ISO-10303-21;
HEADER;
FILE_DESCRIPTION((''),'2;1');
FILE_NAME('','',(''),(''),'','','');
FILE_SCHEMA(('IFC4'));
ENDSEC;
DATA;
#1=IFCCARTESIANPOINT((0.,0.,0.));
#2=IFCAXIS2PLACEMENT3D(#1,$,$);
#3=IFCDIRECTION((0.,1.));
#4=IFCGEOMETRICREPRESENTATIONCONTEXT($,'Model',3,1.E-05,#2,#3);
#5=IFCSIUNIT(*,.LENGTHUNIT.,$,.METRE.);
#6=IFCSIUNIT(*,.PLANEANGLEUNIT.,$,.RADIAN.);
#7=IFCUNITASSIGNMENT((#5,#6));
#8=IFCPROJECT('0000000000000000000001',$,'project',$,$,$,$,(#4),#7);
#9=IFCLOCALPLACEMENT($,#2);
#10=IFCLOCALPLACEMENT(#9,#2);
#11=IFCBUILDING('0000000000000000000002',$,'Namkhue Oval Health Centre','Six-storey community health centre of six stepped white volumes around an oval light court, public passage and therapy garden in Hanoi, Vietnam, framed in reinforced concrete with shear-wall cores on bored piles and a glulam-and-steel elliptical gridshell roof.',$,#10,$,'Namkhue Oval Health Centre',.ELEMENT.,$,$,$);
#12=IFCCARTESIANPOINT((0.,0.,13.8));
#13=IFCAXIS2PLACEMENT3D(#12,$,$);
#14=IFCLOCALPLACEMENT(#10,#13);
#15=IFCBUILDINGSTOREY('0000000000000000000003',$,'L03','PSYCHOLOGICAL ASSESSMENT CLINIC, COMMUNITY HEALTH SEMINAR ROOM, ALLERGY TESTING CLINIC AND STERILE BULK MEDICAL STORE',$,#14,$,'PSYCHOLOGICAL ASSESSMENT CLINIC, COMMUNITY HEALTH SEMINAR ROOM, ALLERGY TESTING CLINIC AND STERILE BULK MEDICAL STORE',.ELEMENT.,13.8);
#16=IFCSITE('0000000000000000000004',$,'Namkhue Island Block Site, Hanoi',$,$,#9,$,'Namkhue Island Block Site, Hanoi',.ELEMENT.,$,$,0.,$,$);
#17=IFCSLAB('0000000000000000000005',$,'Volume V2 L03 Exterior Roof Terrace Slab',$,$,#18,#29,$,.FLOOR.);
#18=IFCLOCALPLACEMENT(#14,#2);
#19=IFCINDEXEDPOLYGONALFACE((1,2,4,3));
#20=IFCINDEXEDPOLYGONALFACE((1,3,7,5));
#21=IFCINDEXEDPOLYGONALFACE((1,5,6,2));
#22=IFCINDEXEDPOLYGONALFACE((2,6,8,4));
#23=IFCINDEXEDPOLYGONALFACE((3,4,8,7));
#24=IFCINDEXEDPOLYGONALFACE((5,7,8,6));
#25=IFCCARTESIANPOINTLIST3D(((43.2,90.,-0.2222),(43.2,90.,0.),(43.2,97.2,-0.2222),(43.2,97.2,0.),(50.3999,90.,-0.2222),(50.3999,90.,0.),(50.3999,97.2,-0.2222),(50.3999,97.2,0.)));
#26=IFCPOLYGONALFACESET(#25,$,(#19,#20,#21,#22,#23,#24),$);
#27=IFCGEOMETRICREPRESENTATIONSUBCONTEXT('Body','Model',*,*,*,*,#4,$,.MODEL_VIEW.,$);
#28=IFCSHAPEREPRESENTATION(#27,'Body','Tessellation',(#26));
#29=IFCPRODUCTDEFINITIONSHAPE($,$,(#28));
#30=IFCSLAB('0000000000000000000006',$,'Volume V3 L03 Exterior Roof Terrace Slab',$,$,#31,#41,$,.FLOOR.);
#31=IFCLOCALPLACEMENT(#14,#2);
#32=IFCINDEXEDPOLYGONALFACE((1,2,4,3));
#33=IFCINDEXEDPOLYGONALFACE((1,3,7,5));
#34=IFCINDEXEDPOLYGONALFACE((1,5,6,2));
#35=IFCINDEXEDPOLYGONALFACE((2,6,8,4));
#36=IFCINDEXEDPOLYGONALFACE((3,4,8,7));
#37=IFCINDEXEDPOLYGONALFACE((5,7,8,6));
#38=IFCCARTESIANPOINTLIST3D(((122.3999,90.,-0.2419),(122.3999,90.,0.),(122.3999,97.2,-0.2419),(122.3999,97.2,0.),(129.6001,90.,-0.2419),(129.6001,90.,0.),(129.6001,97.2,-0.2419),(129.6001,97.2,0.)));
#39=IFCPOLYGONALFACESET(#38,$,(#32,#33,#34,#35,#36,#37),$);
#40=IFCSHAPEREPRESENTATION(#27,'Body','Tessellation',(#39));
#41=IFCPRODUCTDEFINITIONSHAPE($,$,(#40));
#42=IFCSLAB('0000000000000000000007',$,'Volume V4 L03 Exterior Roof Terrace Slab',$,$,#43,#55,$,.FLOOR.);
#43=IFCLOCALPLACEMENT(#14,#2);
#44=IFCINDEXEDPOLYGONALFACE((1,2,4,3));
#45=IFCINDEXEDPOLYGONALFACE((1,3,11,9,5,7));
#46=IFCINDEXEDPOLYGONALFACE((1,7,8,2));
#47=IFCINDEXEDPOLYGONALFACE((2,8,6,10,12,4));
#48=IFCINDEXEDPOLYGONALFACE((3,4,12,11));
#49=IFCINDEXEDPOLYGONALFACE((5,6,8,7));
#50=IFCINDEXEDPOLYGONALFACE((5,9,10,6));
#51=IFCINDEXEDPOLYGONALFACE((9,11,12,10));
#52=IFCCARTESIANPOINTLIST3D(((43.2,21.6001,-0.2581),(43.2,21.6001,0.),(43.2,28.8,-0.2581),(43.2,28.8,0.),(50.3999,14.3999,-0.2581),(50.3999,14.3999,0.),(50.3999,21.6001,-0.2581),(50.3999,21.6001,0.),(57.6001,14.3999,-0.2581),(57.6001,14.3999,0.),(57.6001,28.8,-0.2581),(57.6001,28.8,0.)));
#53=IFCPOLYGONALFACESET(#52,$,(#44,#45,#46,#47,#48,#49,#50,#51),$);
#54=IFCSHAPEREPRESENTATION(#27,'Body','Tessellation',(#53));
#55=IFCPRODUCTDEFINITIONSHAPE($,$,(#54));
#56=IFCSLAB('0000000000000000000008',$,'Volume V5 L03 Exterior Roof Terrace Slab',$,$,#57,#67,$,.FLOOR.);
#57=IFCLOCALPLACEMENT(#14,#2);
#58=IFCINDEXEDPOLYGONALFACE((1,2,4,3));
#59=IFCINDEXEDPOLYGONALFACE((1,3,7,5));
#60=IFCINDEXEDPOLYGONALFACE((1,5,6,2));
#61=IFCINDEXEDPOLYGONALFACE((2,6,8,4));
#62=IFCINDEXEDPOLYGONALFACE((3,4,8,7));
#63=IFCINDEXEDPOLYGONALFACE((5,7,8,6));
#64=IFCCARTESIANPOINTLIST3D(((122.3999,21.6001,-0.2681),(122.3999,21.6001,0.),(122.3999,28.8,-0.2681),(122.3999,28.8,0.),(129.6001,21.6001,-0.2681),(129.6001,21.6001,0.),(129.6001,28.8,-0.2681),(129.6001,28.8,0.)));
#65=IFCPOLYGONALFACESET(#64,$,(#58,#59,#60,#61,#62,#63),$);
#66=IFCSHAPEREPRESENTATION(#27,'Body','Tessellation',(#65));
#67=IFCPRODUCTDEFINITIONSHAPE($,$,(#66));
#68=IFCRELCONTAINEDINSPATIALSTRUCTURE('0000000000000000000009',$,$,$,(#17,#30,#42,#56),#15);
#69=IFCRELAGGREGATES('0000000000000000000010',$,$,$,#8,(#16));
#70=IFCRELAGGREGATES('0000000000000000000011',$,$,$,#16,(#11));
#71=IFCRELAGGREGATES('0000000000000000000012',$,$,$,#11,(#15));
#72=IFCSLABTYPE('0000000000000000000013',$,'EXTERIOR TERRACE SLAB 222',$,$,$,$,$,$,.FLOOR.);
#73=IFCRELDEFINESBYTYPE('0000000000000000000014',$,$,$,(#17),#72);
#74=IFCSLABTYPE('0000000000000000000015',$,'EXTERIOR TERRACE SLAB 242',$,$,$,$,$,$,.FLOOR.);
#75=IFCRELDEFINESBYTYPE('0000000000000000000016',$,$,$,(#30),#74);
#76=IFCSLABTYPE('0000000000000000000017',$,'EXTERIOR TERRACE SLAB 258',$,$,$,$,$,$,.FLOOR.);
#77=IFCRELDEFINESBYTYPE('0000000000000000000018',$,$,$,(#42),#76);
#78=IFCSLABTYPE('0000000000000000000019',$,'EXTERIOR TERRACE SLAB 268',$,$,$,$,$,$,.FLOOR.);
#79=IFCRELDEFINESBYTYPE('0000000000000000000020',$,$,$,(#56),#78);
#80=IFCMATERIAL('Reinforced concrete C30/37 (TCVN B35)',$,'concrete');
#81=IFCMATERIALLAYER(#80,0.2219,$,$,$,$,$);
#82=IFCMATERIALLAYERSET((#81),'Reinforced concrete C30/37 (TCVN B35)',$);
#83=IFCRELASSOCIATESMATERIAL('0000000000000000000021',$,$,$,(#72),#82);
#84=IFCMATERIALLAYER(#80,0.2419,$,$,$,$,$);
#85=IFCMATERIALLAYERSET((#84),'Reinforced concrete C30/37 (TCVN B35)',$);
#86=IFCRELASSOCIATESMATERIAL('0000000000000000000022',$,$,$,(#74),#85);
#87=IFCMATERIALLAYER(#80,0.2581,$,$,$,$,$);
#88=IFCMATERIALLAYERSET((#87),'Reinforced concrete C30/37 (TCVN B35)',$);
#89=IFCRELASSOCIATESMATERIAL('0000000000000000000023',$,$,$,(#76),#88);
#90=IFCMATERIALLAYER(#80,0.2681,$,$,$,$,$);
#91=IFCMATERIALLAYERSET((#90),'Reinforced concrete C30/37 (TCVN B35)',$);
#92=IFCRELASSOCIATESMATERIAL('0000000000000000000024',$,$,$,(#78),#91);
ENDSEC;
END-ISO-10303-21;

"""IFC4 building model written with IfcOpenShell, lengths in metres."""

from ifc_helpers import new_model, si_unit, direction, frame, origin, place, context, subcontext, project, spatial, polyline, outline, extrude, material, layer, layer_set, type_object, element, save


model = new_model("IFC4")

# Units and contexts
model_context = context("Model", 3, precision=1e-05, world=origin(), true_north=direction((0.0, 1.0)))
body_context = subcontext(model_context, "Body", "Model", "MODEL_VIEW")
ifc_project = project(units=[si_unit("LENGTHUNIT", "METRE"), si_unit("PLANEANGLEUNIT", "RADIAN")], contexts=[model_context])

# Site, building, storey
site_placement = place(None, origin())
site = spatial("IfcSite", under=ifc_project, at=site_placement, Name="Namkhue Island Block Site, Hanoi", LongName="Namkhue Island Block Site, Hanoi", CompositionType="ELEMENT", RefElevation=0.0)
building_placement = place(site_placement, origin())
building = spatial("IfcBuilding", under=site, at=building_placement, Name="Namkhue Oval Health Centre", Description="Six-storey community health centre of six stepped white volumes around an oval light court, public passage and therapy garden in Hanoi, Vietnam, framed in reinforced concrete with shear-wall cores on bored piles and a glulam-and-steel elliptical gridshell roof.", LongName="Namkhue Oval Health Centre", CompositionType="ELEMENT")
storey_placement = place(building_placement, frame((0.0, 0.0, 13.8)))
storey = spatial("IfcBuildingStorey", under=building, at=storey_placement, Name="L03", Description="PSYCHOLOGICAL ASSESSMENT CLINIC, COMMUNITY HEALTH SEMINAR ROOM, ALLERGY TESTING CLINIC AND STERILE BULK MEDICAL STORE", LongName="PSYCHOLOGICAL ASSESSMENT CLINIC, COMMUNITY HEALTH SEMINAR ROOM, ALLERGY TESTING CLINIC AND STERILE BULK MEDICAL STORE", CompositionType="ELEMENT", Elevation=13.8)

# Slabs
ifc_material_1 = material(Name="Reinforced concrete C30/37 (TCVN B35)", Category="concrete")
ifc_layer_1 = layer(ifc_material_1, 0.2219)
ifc_layer_set_1 = layer_set([ifc_layer_1], Name="Reinforced concrete C30/37 (TCVN B35)")
slab_type_1 = type_object("IfcSlabType", Name="EXTERIOR TERRACE SLAB 222", PredefinedType="FLOOR", material=ifc_layer_set_1)
slab_1_placement = place(storey_placement, frame((0.0, 0.0, -0.2222)))
element("IfcSlab", 1, at=slab_1_placement, inside=storey, type_object=slab_type_1, Name="Volume V2 L03 Exterior Roof Terrace Slab", PredefinedType="FLOOR", context=body_context, shape_type="SweptSolid", body=[
    extrude(outline(polyline([(43.2, 90.0), (50.3999, 90.0), (50.3999, 97.2), (43.2, 97.2), (43.2, 90.0)])), origin(), (0.0, 0.0, 1.0), 0.2222),
])
ifc_layer_2 = layer(ifc_material_1, 0.2419)
ifc_layer_set_2 = layer_set([ifc_layer_2], Name="Reinforced concrete C30/37 (TCVN B35)")
slab_type_2 = type_object("IfcSlabType", Name="EXTERIOR TERRACE SLAB 242", PredefinedType="FLOOR", material=ifc_layer_set_2)
slab_2_placement = place(storey_placement, frame((0.0, 0.0, -0.2419)))
element("IfcSlab", 2, at=slab_2_placement, inside=storey, type_object=slab_type_2, Name="Volume V3 L03 Exterior Roof Terrace Slab", PredefinedType="FLOOR", context=body_context, shape_type="SweptSolid", body=[
    extrude(outline(polyline([(122.3999, 90.0), (129.6001, 90.0), (129.6001, 97.2), (122.3999, 97.2), (122.3999, 90.0)])), origin(), (0.0, 0.0, 1.0), 0.2419),
])
ifc_layer_3 = layer(ifc_material_1, 0.2581)
ifc_layer_set_3 = layer_set([ifc_layer_3], Name="Reinforced concrete C30/37 (TCVN B35)")
slab_type_3 = type_object("IfcSlabType", Name="EXTERIOR TERRACE SLAB 258", PredefinedType="FLOOR", material=ifc_layer_set_3)
slab_3_placement = place(storey_placement, frame((0.0, 0.0, -0.2581)))
element("IfcSlab", 3, at=slab_3_placement, inside=storey, type_object=slab_type_3, Name="Volume V4 L03 Exterior Roof Terrace Slab", PredefinedType="FLOOR", context=body_context, shape_type="SweptSolid", body=[
    extrude(outline(polyline([(50.3999, 14.3999), (57.6001, 14.3999), (57.6001, 28.8), (43.2, 28.8), (43.2, 21.6001), (50.3999, 21.6001), (50.3999, 14.3999)])), origin(), (0.0, 0.0, 1.0), 0.2581),
])
ifc_layer_4 = layer(ifc_material_1, 0.2681)
ifc_layer_set_4 = layer_set([ifc_layer_4], Name="Reinforced concrete C30/37 (TCVN B35)")
slab_type_4 = type_object("IfcSlabType", Name="EXTERIOR TERRACE SLAB 268", PredefinedType="FLOOR", material=ifc_layer_set_4)
slab_4_placement = place(storey_placement, frame((0.0, 0.0, -0.2681)))
element("IfcSlab", 4, at=slab_4_placement, inside=storey, type_object=slab_type_4, Name="Volume V5 L03 Exterior Roof Terrace Slab", PredefinedType="FLOOR", context=body_context, shape_type="SweptSolid", body=[
    extrude(outline(polyline([(122.3999, 21.6001), (129.6001, 21.6001), (129.6001, 28.8), (122.3999, 28.8), (122.3999, 21.6001)])), origin(), (0.0, 0.0, 1.0), 0.2681),
])

save(model, "model.ifc")
